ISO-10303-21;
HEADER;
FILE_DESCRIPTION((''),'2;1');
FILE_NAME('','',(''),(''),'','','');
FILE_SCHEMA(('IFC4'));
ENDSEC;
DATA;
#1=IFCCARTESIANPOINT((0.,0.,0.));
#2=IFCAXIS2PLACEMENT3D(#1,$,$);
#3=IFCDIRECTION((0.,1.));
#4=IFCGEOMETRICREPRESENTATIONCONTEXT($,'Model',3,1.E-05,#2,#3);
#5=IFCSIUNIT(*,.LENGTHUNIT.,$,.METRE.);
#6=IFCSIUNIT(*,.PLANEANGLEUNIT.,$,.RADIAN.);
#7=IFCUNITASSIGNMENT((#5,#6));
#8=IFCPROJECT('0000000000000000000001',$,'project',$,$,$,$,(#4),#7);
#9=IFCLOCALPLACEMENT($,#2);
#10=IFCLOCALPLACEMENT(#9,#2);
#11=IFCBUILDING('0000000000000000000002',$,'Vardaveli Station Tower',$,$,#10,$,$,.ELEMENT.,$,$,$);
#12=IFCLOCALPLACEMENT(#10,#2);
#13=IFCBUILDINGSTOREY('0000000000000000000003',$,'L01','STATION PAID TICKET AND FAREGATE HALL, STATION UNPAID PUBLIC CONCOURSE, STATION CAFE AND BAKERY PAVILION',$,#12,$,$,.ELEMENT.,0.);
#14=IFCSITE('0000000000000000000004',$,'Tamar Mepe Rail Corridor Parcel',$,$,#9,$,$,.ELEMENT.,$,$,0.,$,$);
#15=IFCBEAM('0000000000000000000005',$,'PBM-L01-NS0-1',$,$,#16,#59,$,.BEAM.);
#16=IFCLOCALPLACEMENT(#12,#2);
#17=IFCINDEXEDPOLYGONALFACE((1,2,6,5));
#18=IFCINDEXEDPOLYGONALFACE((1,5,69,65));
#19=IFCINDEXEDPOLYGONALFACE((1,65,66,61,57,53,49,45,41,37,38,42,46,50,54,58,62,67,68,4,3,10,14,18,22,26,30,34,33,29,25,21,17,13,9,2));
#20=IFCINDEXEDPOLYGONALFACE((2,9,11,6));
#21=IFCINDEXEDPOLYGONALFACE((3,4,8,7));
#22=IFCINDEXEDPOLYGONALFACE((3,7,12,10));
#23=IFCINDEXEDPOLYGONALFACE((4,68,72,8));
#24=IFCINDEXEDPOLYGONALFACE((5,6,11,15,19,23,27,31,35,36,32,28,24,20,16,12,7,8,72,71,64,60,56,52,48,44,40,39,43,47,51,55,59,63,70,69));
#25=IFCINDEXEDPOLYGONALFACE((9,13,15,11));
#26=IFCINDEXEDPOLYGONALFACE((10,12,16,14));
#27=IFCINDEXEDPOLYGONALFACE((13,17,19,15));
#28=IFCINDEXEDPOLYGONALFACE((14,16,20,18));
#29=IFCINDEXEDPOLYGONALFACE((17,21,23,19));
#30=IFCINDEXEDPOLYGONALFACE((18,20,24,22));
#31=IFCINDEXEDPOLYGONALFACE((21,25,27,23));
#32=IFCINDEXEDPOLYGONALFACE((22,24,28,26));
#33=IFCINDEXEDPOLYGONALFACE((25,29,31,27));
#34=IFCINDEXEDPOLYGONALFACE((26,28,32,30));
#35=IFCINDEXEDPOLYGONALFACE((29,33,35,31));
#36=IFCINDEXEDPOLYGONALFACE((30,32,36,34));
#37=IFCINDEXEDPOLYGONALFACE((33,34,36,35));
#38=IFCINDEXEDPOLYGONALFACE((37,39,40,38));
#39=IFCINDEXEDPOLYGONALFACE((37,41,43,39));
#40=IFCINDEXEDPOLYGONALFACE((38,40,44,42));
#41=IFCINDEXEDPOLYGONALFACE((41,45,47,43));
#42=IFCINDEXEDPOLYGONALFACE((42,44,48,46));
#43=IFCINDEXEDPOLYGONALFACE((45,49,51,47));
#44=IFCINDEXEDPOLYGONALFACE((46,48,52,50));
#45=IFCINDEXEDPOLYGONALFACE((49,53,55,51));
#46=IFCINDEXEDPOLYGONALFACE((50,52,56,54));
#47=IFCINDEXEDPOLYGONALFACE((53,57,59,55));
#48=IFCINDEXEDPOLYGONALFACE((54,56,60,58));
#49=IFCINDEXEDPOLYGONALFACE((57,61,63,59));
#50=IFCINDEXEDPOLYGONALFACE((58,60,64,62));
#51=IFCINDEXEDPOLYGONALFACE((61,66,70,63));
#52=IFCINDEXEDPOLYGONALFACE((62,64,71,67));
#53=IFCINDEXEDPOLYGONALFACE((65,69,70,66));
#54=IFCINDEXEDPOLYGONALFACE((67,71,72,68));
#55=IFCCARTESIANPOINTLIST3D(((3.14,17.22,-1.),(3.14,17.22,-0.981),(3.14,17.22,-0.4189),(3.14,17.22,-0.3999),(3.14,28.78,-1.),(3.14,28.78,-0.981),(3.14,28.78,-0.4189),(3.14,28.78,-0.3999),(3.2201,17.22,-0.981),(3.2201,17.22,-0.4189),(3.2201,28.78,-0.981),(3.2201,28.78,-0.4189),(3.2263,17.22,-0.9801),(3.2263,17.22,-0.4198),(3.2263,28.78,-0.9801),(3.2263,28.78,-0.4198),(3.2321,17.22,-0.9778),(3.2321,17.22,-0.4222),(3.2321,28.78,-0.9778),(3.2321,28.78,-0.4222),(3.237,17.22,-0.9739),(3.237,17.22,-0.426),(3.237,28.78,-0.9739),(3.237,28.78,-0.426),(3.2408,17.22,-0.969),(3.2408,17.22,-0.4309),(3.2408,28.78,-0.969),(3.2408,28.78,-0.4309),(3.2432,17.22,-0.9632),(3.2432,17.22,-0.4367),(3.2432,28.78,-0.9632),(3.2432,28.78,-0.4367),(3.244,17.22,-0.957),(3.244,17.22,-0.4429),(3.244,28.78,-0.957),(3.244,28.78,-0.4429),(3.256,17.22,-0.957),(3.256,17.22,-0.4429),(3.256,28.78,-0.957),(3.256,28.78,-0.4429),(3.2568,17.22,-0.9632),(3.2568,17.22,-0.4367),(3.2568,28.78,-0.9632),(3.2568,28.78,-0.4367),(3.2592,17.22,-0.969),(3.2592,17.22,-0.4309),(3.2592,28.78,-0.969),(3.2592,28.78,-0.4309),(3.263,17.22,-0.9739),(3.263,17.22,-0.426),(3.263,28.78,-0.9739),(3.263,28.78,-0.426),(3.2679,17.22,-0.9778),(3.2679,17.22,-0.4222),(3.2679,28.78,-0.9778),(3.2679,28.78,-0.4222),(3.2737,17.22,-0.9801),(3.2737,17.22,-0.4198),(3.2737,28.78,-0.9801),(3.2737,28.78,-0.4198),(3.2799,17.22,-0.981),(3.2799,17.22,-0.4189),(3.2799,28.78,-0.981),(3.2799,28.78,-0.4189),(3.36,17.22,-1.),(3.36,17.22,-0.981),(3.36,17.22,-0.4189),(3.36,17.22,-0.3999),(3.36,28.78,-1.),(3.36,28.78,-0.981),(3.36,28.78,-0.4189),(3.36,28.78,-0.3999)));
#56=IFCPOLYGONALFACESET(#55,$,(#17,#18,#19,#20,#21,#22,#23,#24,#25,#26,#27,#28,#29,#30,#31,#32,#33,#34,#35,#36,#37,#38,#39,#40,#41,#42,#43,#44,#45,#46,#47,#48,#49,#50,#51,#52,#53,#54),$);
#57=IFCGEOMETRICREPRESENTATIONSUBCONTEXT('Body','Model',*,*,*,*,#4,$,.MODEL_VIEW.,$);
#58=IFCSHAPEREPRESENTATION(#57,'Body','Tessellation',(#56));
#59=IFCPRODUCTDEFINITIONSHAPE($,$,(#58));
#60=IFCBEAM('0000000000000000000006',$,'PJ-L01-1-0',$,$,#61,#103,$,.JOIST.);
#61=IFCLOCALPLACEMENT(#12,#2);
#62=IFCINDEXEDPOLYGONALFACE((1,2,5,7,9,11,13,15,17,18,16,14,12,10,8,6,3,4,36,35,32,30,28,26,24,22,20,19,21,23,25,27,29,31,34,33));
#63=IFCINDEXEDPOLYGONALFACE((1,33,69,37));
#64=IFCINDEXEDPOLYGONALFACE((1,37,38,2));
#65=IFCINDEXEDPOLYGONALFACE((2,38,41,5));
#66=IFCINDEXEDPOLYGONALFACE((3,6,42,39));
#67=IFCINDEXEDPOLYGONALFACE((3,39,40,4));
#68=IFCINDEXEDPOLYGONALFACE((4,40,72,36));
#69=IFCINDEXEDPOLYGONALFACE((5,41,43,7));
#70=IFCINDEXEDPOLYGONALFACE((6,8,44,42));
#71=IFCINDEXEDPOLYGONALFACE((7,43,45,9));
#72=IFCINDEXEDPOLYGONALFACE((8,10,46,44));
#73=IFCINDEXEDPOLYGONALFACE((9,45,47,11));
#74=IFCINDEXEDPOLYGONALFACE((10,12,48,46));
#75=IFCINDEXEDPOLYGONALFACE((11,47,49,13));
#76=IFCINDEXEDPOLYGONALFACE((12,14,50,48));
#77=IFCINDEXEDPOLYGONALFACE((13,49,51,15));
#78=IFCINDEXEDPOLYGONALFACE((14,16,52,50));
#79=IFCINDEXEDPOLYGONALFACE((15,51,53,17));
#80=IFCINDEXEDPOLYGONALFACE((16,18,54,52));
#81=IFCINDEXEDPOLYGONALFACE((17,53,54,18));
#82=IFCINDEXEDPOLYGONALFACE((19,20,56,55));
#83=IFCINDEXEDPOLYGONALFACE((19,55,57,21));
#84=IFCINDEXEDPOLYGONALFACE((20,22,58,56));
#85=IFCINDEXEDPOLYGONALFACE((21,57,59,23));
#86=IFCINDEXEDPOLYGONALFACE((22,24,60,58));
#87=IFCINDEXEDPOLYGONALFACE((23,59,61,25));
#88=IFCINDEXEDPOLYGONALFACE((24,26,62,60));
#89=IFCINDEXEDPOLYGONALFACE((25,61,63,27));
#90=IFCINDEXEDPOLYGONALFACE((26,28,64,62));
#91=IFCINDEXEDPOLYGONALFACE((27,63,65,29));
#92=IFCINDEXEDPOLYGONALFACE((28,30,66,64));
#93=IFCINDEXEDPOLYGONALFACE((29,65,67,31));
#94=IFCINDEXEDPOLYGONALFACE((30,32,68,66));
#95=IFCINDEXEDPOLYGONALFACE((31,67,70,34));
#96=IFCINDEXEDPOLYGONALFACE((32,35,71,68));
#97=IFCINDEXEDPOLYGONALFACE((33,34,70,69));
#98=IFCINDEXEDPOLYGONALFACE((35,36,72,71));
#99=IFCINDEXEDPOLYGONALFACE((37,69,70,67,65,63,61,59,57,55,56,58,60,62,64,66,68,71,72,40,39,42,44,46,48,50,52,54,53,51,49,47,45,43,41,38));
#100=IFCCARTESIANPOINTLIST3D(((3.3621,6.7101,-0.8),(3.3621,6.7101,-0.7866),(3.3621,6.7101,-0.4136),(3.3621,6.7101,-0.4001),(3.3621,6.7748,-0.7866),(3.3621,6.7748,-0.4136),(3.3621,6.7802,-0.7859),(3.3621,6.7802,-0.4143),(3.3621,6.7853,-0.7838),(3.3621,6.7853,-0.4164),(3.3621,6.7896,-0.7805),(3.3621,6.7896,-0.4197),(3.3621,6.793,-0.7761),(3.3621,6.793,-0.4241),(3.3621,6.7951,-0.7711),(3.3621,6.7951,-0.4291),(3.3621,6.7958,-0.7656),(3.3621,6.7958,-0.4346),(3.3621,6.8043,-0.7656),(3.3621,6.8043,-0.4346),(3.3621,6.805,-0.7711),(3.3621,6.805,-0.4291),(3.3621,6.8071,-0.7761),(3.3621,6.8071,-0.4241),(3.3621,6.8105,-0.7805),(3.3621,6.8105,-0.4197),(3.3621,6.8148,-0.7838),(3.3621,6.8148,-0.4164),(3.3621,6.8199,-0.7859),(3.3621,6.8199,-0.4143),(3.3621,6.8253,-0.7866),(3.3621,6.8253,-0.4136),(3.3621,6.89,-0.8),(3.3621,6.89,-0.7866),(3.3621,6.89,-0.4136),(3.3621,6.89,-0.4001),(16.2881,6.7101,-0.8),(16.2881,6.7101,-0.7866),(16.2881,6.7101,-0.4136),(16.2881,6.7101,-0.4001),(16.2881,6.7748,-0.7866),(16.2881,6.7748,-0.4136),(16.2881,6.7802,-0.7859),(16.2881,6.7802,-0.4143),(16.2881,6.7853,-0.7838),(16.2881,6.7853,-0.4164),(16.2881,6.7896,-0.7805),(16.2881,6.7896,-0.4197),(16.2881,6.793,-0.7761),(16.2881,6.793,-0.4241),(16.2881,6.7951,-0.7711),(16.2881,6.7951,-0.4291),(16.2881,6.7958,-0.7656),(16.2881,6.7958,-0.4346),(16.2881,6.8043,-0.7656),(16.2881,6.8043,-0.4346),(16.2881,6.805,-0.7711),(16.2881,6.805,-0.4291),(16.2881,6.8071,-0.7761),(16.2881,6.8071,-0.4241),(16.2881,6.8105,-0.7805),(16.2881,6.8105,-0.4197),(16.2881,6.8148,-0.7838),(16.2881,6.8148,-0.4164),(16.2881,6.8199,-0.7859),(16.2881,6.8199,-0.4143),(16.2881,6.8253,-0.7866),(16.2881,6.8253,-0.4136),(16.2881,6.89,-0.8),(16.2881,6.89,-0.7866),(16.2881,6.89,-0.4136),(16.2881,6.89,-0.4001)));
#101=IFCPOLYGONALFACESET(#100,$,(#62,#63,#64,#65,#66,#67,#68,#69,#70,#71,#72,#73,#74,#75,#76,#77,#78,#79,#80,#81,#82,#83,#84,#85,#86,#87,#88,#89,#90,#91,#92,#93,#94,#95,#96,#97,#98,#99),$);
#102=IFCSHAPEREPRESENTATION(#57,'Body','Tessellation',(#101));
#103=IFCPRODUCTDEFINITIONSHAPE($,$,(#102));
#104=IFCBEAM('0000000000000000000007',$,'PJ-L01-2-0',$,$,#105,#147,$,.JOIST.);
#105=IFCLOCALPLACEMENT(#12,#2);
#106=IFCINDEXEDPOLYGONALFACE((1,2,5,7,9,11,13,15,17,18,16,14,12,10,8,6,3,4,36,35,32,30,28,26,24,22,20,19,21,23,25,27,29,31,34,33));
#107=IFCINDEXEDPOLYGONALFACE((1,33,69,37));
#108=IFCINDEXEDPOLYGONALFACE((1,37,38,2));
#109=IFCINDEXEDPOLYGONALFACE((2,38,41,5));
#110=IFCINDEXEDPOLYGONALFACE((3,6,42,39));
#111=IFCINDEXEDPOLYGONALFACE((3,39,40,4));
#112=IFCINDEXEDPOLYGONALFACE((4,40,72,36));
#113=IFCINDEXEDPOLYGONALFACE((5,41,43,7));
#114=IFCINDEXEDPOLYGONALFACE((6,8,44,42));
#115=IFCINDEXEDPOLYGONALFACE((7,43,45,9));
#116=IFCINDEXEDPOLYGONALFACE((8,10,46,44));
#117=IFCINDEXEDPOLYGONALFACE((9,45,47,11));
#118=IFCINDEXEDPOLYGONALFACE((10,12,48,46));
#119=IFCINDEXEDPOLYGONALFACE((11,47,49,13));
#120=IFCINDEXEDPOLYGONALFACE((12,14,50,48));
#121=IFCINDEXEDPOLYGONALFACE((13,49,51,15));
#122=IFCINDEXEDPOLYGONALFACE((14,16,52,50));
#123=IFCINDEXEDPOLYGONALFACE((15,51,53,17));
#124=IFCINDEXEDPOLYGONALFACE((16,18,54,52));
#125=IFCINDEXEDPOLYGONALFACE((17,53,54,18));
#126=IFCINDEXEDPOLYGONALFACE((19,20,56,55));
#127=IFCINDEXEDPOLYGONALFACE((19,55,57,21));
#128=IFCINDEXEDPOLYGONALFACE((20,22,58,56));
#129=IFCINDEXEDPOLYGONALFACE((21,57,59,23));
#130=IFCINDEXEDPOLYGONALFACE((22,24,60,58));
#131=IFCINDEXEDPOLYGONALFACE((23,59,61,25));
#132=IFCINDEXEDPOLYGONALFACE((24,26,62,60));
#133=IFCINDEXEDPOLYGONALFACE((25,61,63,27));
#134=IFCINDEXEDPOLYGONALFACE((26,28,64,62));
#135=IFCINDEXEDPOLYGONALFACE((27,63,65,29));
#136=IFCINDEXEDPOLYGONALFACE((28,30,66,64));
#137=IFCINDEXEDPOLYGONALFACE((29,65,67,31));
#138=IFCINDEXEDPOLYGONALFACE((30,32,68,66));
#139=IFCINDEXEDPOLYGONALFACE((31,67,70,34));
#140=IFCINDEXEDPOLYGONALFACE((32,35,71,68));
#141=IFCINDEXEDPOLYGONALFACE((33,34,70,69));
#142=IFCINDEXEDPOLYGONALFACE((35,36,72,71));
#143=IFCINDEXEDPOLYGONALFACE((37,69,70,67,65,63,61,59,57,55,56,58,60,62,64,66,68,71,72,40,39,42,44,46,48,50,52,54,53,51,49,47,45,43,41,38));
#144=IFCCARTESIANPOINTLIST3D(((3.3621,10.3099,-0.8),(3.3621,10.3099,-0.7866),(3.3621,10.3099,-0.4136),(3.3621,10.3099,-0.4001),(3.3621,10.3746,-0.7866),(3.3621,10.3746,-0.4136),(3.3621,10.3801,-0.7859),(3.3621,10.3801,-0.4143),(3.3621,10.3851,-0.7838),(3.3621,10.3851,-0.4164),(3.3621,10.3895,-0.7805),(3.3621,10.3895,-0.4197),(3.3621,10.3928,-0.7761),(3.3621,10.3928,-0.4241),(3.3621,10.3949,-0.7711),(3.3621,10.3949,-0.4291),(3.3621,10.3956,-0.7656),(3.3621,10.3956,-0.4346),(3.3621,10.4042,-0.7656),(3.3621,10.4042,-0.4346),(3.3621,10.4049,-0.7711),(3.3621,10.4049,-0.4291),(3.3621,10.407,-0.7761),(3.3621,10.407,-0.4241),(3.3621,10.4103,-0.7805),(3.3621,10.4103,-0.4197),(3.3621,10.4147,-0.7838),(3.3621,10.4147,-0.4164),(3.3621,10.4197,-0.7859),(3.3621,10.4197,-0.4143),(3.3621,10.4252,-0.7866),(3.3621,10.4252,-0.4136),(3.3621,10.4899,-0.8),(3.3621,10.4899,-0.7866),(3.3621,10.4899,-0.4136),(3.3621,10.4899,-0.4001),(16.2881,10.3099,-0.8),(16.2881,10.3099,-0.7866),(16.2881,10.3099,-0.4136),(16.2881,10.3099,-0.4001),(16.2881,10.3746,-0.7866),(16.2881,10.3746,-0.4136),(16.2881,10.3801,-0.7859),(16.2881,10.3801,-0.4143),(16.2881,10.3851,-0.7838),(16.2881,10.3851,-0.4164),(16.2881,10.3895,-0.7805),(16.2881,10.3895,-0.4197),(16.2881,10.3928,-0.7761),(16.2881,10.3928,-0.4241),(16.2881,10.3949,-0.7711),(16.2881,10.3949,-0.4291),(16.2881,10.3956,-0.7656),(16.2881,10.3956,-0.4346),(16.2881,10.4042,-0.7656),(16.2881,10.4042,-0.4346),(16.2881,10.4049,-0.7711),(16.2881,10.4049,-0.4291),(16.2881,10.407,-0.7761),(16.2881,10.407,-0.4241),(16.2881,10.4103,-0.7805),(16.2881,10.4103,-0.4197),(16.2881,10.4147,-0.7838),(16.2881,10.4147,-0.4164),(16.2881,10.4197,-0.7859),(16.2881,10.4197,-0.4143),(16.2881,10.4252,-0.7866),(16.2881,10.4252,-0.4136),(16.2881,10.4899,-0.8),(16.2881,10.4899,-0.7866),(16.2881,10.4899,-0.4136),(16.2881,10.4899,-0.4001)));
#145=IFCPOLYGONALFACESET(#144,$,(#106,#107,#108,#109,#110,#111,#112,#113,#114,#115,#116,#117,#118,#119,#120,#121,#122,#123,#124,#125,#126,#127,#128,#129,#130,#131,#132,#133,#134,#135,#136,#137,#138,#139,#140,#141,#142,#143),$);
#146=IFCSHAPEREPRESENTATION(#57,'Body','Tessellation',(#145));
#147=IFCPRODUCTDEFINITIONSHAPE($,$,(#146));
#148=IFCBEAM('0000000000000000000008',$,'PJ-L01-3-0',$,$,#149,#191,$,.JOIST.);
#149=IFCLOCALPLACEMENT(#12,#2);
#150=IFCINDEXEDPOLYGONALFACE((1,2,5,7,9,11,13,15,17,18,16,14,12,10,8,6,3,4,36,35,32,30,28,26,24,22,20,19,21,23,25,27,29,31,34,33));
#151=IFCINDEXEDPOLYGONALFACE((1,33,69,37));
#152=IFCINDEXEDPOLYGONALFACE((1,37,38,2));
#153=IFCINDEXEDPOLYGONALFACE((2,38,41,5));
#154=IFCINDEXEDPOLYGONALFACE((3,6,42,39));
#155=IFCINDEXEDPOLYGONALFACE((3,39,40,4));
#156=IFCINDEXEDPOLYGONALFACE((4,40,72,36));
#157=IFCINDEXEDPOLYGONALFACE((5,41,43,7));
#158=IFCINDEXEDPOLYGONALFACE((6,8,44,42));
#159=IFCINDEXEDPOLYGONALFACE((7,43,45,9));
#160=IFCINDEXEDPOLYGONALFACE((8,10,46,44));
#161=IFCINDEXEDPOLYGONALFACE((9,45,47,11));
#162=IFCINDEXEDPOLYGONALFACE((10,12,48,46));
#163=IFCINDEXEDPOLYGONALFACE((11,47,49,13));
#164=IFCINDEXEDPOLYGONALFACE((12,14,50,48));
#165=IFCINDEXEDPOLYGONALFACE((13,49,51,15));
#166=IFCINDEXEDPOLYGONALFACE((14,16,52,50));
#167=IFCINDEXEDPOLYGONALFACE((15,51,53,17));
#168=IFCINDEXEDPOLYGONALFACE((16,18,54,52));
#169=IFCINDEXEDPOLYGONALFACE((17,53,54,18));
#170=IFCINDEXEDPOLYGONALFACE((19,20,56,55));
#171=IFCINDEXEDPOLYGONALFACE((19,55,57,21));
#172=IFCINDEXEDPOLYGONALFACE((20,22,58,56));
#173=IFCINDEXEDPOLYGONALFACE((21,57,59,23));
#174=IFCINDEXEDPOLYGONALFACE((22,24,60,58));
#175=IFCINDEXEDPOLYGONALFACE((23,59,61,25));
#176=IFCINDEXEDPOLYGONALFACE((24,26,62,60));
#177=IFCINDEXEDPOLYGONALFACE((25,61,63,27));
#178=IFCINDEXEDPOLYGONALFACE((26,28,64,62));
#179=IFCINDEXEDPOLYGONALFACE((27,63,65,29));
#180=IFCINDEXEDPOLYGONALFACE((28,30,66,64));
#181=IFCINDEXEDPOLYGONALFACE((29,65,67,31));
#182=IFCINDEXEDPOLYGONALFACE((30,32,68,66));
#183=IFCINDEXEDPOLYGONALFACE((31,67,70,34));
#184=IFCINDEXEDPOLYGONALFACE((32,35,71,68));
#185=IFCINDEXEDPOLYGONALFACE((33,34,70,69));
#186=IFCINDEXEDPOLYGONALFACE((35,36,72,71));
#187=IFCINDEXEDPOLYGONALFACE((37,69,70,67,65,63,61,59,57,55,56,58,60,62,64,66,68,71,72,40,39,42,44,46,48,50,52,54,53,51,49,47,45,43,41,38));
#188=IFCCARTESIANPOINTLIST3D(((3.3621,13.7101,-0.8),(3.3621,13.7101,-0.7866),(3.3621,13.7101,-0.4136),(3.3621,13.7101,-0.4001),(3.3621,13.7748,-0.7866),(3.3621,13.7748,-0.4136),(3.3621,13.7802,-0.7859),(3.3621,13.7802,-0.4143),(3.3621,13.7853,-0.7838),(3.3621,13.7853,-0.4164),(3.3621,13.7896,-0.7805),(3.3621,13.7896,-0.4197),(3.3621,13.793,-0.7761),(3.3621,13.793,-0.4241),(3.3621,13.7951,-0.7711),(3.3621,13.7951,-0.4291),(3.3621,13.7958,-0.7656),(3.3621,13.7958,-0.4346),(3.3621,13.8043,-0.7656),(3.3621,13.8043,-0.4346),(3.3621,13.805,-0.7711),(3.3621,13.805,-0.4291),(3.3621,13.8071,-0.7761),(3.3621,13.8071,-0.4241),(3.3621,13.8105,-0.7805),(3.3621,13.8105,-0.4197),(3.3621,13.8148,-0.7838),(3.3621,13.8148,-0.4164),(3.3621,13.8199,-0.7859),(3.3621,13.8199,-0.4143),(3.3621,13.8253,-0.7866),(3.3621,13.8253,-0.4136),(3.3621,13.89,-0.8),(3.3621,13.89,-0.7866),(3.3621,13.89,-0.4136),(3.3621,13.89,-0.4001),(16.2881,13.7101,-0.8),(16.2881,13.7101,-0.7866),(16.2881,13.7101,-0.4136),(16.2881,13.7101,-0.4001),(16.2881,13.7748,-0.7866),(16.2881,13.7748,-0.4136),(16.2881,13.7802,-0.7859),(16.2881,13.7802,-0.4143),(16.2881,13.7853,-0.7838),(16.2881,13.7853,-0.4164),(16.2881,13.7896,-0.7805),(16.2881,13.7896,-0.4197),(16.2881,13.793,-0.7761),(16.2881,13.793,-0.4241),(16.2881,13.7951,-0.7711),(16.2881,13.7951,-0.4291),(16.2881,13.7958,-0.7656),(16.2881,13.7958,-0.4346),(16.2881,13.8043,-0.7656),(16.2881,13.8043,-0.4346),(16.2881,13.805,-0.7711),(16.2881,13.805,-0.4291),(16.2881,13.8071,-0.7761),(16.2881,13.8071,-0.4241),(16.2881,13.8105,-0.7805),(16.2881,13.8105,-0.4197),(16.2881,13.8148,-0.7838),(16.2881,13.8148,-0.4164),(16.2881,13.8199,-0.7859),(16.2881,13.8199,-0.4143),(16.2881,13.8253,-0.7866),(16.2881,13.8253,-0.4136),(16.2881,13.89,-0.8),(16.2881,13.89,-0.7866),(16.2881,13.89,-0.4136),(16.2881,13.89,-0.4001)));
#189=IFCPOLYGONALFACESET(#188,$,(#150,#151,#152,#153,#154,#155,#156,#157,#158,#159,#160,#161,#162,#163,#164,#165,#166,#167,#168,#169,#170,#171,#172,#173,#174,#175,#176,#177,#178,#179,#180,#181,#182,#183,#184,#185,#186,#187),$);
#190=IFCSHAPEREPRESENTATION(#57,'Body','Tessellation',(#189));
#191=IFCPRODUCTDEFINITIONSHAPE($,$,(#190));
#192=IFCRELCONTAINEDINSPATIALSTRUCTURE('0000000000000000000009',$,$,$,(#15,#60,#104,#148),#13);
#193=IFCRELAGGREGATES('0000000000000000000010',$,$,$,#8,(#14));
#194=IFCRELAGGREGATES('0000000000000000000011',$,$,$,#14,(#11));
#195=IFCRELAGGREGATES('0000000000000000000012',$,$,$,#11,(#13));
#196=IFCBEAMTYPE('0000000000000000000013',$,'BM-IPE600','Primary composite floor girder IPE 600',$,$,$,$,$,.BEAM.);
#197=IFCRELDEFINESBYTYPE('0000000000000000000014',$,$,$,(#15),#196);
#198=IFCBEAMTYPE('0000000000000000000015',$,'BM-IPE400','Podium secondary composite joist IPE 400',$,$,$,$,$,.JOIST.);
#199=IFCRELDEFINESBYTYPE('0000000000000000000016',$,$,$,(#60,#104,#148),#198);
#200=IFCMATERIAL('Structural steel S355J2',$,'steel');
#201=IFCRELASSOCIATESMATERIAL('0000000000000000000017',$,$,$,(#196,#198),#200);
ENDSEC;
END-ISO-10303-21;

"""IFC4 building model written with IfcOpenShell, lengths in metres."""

from ifc_helpers import new_model, si_unit, direction, frame, origin, origin_2d, place, context, subcontext, project, spatial, i_section, extrude, source, transform, mapped, material, material_profile, profile_set, type_object, element, save


model = new_model("IFC4")

# Units and contexts
model_context = context("Model", 3, precision=1e-05, world=origin(), true_north=direction((0.0, 1.0)))
body_context = subcontext(model_context, "Body", "Model", "MODEL_VIEW")
ifc_project = project(units=[si_unit("LENGTHUNIT", "METRE"), si_unit("PLANEANGLEUNIT", "RADIAN")], contexts=[model_context])

# Site, building, storey
site_placement = place(None, origin())
site = spatial("IfcSite", under=ifc_project, at=site_placement, Name="Tamar Mepe Rail Corridor Parcel", CompositionType="ELEMENT", RefElevation=0.0)
building_placement = place(site_placement, origin())
building = spatial("IfcBuilding", under=site, at=building_placement, Name="Vardaveli Station Tower", CompositionType="ELEMENT")
storey_placement = place(building_placement, origin())
storey = spatial("IfcBuildingStorey", under=building, at=storey_placement, Name="L01", Description="STATION PAID TICKET AND FAREGATE HALL, STATION UNPAID PUBLIC CONCOURSE, STATION CAFE AND BAKERY PAVILION", CompositionType="ELEMENT", Elevation=0.0)

# Beams
ifc_material_1 = material(Name="Structural steel S355J2", Category="steel")
ifc_material_profile_1 = material_profile(ifc_material_1, i_section(OverallWidth=0.22, OverallDepth=0.6001, WebThickness=0.012, FlangeThickness=0.019, FilletRadius=0.0239, at=origin_2d()), Name="IPE 600")
ifc_profile_set_1 = profile_set([ifc_material_profile_1], Name="Structural steel S355J2")
beam_type_1 = type_object("IfcBeamType", Name="BM-IPE600", Description="Primary composite floor girder IPE 600", PredefinedType="BEAM", material=ifc_profile_set_1)
shared_shape_1 = source(origin(), body_context, "Body", "SweptSolid", [
    extrude(i_section(OverallWidth=0.22, OverallDepth=0.6001, WebThickness=0.012, FlangeThickness=0.019, FilletRadius=0.0239, at=origin_2d()), origin(), (0.0, 0.0, 1.0), 11.5601),
])
beam_1_placement = place(storey_placement, frame((3.25, 17.22, -0.7), z_axis=(0.0, 1.0, 0.0), x_axis=(-1.0, 0.0, 0.0)))
element("IfcBeam", 1, at=beam_1_placement, inside=storey, type_object=beam_type_1, Name="PBM-L01-NS0-1", PredefinedType="BEAM", context=body_context, shape_type="MappedRepresentation", body=[
    mapped(shared_shape_1, transform((0.0, 0.0, 0.0), scale=1.0)),
])
ifc_material_profile_2 = material_profile(ifc_material_1, i_section(OverallWidth=0.1799, OverallDepth=0.3999, WebThickness=0.0085, FlangeThickness=0.0134, FilletRadius=0.021, at=origin_2d()), Name="IPE 400")
ifc_profile_set_2 = profile_set([ifc_material_profile_2], Name="Structural steel S355J2")
beam_type_2 = type_object("IfcBeamType", Name="BM-IPE400", Description="Podium secondary composite joist IPE 400", PredefinedType="JOIST", material=ifc_profile_set_2)
shared_shape_2 = source(origin(), body_context, "Body", "SweptSolid", [
    extrude(i_section(OverallWidth=0.1799, OverallDepth=0.3999, WebThickness=0.0085, FlangeThickness=0.0134, FilletRadius=0.021, at=origin_2d()), origin(), (0.0, 0.0, 1.0), 12.926),
])
for number, where, z_axis, x_axis, name in (
    (2, (3.3621, 6.8, -0.6001), (1.0, 0.0, 0.0), (0.0, 1.0, 0.0), "PJ-L01-1-0"),
    (3, (3.3621, 10.3999, -0.6001), (1.0, 0.0, 0.0), (0.0, 1.0, 0.0), "PJ-L01-2-0"),
    (4, (3.3621, 13.8, -0.6001), (1.0, 0.0, 0.0), (0.0, 1.0, 0.0), "PJ-L01-3-0"),
):
    element("IfcBeam", number, at=place(storey_placement, frame(where, z_axis=z_axis, x_axis=x_axis)), inside=storey, type_object=beam_type_2, Name=name, PredefinedType="JOIST", context=body_context, shape_type="MappedRepresentation", body=[
        mapped(shared_shape_2, transform((0.0, 0.0, 0.0), scale=1.0)),
    ])

save(model, "model.ifc")
